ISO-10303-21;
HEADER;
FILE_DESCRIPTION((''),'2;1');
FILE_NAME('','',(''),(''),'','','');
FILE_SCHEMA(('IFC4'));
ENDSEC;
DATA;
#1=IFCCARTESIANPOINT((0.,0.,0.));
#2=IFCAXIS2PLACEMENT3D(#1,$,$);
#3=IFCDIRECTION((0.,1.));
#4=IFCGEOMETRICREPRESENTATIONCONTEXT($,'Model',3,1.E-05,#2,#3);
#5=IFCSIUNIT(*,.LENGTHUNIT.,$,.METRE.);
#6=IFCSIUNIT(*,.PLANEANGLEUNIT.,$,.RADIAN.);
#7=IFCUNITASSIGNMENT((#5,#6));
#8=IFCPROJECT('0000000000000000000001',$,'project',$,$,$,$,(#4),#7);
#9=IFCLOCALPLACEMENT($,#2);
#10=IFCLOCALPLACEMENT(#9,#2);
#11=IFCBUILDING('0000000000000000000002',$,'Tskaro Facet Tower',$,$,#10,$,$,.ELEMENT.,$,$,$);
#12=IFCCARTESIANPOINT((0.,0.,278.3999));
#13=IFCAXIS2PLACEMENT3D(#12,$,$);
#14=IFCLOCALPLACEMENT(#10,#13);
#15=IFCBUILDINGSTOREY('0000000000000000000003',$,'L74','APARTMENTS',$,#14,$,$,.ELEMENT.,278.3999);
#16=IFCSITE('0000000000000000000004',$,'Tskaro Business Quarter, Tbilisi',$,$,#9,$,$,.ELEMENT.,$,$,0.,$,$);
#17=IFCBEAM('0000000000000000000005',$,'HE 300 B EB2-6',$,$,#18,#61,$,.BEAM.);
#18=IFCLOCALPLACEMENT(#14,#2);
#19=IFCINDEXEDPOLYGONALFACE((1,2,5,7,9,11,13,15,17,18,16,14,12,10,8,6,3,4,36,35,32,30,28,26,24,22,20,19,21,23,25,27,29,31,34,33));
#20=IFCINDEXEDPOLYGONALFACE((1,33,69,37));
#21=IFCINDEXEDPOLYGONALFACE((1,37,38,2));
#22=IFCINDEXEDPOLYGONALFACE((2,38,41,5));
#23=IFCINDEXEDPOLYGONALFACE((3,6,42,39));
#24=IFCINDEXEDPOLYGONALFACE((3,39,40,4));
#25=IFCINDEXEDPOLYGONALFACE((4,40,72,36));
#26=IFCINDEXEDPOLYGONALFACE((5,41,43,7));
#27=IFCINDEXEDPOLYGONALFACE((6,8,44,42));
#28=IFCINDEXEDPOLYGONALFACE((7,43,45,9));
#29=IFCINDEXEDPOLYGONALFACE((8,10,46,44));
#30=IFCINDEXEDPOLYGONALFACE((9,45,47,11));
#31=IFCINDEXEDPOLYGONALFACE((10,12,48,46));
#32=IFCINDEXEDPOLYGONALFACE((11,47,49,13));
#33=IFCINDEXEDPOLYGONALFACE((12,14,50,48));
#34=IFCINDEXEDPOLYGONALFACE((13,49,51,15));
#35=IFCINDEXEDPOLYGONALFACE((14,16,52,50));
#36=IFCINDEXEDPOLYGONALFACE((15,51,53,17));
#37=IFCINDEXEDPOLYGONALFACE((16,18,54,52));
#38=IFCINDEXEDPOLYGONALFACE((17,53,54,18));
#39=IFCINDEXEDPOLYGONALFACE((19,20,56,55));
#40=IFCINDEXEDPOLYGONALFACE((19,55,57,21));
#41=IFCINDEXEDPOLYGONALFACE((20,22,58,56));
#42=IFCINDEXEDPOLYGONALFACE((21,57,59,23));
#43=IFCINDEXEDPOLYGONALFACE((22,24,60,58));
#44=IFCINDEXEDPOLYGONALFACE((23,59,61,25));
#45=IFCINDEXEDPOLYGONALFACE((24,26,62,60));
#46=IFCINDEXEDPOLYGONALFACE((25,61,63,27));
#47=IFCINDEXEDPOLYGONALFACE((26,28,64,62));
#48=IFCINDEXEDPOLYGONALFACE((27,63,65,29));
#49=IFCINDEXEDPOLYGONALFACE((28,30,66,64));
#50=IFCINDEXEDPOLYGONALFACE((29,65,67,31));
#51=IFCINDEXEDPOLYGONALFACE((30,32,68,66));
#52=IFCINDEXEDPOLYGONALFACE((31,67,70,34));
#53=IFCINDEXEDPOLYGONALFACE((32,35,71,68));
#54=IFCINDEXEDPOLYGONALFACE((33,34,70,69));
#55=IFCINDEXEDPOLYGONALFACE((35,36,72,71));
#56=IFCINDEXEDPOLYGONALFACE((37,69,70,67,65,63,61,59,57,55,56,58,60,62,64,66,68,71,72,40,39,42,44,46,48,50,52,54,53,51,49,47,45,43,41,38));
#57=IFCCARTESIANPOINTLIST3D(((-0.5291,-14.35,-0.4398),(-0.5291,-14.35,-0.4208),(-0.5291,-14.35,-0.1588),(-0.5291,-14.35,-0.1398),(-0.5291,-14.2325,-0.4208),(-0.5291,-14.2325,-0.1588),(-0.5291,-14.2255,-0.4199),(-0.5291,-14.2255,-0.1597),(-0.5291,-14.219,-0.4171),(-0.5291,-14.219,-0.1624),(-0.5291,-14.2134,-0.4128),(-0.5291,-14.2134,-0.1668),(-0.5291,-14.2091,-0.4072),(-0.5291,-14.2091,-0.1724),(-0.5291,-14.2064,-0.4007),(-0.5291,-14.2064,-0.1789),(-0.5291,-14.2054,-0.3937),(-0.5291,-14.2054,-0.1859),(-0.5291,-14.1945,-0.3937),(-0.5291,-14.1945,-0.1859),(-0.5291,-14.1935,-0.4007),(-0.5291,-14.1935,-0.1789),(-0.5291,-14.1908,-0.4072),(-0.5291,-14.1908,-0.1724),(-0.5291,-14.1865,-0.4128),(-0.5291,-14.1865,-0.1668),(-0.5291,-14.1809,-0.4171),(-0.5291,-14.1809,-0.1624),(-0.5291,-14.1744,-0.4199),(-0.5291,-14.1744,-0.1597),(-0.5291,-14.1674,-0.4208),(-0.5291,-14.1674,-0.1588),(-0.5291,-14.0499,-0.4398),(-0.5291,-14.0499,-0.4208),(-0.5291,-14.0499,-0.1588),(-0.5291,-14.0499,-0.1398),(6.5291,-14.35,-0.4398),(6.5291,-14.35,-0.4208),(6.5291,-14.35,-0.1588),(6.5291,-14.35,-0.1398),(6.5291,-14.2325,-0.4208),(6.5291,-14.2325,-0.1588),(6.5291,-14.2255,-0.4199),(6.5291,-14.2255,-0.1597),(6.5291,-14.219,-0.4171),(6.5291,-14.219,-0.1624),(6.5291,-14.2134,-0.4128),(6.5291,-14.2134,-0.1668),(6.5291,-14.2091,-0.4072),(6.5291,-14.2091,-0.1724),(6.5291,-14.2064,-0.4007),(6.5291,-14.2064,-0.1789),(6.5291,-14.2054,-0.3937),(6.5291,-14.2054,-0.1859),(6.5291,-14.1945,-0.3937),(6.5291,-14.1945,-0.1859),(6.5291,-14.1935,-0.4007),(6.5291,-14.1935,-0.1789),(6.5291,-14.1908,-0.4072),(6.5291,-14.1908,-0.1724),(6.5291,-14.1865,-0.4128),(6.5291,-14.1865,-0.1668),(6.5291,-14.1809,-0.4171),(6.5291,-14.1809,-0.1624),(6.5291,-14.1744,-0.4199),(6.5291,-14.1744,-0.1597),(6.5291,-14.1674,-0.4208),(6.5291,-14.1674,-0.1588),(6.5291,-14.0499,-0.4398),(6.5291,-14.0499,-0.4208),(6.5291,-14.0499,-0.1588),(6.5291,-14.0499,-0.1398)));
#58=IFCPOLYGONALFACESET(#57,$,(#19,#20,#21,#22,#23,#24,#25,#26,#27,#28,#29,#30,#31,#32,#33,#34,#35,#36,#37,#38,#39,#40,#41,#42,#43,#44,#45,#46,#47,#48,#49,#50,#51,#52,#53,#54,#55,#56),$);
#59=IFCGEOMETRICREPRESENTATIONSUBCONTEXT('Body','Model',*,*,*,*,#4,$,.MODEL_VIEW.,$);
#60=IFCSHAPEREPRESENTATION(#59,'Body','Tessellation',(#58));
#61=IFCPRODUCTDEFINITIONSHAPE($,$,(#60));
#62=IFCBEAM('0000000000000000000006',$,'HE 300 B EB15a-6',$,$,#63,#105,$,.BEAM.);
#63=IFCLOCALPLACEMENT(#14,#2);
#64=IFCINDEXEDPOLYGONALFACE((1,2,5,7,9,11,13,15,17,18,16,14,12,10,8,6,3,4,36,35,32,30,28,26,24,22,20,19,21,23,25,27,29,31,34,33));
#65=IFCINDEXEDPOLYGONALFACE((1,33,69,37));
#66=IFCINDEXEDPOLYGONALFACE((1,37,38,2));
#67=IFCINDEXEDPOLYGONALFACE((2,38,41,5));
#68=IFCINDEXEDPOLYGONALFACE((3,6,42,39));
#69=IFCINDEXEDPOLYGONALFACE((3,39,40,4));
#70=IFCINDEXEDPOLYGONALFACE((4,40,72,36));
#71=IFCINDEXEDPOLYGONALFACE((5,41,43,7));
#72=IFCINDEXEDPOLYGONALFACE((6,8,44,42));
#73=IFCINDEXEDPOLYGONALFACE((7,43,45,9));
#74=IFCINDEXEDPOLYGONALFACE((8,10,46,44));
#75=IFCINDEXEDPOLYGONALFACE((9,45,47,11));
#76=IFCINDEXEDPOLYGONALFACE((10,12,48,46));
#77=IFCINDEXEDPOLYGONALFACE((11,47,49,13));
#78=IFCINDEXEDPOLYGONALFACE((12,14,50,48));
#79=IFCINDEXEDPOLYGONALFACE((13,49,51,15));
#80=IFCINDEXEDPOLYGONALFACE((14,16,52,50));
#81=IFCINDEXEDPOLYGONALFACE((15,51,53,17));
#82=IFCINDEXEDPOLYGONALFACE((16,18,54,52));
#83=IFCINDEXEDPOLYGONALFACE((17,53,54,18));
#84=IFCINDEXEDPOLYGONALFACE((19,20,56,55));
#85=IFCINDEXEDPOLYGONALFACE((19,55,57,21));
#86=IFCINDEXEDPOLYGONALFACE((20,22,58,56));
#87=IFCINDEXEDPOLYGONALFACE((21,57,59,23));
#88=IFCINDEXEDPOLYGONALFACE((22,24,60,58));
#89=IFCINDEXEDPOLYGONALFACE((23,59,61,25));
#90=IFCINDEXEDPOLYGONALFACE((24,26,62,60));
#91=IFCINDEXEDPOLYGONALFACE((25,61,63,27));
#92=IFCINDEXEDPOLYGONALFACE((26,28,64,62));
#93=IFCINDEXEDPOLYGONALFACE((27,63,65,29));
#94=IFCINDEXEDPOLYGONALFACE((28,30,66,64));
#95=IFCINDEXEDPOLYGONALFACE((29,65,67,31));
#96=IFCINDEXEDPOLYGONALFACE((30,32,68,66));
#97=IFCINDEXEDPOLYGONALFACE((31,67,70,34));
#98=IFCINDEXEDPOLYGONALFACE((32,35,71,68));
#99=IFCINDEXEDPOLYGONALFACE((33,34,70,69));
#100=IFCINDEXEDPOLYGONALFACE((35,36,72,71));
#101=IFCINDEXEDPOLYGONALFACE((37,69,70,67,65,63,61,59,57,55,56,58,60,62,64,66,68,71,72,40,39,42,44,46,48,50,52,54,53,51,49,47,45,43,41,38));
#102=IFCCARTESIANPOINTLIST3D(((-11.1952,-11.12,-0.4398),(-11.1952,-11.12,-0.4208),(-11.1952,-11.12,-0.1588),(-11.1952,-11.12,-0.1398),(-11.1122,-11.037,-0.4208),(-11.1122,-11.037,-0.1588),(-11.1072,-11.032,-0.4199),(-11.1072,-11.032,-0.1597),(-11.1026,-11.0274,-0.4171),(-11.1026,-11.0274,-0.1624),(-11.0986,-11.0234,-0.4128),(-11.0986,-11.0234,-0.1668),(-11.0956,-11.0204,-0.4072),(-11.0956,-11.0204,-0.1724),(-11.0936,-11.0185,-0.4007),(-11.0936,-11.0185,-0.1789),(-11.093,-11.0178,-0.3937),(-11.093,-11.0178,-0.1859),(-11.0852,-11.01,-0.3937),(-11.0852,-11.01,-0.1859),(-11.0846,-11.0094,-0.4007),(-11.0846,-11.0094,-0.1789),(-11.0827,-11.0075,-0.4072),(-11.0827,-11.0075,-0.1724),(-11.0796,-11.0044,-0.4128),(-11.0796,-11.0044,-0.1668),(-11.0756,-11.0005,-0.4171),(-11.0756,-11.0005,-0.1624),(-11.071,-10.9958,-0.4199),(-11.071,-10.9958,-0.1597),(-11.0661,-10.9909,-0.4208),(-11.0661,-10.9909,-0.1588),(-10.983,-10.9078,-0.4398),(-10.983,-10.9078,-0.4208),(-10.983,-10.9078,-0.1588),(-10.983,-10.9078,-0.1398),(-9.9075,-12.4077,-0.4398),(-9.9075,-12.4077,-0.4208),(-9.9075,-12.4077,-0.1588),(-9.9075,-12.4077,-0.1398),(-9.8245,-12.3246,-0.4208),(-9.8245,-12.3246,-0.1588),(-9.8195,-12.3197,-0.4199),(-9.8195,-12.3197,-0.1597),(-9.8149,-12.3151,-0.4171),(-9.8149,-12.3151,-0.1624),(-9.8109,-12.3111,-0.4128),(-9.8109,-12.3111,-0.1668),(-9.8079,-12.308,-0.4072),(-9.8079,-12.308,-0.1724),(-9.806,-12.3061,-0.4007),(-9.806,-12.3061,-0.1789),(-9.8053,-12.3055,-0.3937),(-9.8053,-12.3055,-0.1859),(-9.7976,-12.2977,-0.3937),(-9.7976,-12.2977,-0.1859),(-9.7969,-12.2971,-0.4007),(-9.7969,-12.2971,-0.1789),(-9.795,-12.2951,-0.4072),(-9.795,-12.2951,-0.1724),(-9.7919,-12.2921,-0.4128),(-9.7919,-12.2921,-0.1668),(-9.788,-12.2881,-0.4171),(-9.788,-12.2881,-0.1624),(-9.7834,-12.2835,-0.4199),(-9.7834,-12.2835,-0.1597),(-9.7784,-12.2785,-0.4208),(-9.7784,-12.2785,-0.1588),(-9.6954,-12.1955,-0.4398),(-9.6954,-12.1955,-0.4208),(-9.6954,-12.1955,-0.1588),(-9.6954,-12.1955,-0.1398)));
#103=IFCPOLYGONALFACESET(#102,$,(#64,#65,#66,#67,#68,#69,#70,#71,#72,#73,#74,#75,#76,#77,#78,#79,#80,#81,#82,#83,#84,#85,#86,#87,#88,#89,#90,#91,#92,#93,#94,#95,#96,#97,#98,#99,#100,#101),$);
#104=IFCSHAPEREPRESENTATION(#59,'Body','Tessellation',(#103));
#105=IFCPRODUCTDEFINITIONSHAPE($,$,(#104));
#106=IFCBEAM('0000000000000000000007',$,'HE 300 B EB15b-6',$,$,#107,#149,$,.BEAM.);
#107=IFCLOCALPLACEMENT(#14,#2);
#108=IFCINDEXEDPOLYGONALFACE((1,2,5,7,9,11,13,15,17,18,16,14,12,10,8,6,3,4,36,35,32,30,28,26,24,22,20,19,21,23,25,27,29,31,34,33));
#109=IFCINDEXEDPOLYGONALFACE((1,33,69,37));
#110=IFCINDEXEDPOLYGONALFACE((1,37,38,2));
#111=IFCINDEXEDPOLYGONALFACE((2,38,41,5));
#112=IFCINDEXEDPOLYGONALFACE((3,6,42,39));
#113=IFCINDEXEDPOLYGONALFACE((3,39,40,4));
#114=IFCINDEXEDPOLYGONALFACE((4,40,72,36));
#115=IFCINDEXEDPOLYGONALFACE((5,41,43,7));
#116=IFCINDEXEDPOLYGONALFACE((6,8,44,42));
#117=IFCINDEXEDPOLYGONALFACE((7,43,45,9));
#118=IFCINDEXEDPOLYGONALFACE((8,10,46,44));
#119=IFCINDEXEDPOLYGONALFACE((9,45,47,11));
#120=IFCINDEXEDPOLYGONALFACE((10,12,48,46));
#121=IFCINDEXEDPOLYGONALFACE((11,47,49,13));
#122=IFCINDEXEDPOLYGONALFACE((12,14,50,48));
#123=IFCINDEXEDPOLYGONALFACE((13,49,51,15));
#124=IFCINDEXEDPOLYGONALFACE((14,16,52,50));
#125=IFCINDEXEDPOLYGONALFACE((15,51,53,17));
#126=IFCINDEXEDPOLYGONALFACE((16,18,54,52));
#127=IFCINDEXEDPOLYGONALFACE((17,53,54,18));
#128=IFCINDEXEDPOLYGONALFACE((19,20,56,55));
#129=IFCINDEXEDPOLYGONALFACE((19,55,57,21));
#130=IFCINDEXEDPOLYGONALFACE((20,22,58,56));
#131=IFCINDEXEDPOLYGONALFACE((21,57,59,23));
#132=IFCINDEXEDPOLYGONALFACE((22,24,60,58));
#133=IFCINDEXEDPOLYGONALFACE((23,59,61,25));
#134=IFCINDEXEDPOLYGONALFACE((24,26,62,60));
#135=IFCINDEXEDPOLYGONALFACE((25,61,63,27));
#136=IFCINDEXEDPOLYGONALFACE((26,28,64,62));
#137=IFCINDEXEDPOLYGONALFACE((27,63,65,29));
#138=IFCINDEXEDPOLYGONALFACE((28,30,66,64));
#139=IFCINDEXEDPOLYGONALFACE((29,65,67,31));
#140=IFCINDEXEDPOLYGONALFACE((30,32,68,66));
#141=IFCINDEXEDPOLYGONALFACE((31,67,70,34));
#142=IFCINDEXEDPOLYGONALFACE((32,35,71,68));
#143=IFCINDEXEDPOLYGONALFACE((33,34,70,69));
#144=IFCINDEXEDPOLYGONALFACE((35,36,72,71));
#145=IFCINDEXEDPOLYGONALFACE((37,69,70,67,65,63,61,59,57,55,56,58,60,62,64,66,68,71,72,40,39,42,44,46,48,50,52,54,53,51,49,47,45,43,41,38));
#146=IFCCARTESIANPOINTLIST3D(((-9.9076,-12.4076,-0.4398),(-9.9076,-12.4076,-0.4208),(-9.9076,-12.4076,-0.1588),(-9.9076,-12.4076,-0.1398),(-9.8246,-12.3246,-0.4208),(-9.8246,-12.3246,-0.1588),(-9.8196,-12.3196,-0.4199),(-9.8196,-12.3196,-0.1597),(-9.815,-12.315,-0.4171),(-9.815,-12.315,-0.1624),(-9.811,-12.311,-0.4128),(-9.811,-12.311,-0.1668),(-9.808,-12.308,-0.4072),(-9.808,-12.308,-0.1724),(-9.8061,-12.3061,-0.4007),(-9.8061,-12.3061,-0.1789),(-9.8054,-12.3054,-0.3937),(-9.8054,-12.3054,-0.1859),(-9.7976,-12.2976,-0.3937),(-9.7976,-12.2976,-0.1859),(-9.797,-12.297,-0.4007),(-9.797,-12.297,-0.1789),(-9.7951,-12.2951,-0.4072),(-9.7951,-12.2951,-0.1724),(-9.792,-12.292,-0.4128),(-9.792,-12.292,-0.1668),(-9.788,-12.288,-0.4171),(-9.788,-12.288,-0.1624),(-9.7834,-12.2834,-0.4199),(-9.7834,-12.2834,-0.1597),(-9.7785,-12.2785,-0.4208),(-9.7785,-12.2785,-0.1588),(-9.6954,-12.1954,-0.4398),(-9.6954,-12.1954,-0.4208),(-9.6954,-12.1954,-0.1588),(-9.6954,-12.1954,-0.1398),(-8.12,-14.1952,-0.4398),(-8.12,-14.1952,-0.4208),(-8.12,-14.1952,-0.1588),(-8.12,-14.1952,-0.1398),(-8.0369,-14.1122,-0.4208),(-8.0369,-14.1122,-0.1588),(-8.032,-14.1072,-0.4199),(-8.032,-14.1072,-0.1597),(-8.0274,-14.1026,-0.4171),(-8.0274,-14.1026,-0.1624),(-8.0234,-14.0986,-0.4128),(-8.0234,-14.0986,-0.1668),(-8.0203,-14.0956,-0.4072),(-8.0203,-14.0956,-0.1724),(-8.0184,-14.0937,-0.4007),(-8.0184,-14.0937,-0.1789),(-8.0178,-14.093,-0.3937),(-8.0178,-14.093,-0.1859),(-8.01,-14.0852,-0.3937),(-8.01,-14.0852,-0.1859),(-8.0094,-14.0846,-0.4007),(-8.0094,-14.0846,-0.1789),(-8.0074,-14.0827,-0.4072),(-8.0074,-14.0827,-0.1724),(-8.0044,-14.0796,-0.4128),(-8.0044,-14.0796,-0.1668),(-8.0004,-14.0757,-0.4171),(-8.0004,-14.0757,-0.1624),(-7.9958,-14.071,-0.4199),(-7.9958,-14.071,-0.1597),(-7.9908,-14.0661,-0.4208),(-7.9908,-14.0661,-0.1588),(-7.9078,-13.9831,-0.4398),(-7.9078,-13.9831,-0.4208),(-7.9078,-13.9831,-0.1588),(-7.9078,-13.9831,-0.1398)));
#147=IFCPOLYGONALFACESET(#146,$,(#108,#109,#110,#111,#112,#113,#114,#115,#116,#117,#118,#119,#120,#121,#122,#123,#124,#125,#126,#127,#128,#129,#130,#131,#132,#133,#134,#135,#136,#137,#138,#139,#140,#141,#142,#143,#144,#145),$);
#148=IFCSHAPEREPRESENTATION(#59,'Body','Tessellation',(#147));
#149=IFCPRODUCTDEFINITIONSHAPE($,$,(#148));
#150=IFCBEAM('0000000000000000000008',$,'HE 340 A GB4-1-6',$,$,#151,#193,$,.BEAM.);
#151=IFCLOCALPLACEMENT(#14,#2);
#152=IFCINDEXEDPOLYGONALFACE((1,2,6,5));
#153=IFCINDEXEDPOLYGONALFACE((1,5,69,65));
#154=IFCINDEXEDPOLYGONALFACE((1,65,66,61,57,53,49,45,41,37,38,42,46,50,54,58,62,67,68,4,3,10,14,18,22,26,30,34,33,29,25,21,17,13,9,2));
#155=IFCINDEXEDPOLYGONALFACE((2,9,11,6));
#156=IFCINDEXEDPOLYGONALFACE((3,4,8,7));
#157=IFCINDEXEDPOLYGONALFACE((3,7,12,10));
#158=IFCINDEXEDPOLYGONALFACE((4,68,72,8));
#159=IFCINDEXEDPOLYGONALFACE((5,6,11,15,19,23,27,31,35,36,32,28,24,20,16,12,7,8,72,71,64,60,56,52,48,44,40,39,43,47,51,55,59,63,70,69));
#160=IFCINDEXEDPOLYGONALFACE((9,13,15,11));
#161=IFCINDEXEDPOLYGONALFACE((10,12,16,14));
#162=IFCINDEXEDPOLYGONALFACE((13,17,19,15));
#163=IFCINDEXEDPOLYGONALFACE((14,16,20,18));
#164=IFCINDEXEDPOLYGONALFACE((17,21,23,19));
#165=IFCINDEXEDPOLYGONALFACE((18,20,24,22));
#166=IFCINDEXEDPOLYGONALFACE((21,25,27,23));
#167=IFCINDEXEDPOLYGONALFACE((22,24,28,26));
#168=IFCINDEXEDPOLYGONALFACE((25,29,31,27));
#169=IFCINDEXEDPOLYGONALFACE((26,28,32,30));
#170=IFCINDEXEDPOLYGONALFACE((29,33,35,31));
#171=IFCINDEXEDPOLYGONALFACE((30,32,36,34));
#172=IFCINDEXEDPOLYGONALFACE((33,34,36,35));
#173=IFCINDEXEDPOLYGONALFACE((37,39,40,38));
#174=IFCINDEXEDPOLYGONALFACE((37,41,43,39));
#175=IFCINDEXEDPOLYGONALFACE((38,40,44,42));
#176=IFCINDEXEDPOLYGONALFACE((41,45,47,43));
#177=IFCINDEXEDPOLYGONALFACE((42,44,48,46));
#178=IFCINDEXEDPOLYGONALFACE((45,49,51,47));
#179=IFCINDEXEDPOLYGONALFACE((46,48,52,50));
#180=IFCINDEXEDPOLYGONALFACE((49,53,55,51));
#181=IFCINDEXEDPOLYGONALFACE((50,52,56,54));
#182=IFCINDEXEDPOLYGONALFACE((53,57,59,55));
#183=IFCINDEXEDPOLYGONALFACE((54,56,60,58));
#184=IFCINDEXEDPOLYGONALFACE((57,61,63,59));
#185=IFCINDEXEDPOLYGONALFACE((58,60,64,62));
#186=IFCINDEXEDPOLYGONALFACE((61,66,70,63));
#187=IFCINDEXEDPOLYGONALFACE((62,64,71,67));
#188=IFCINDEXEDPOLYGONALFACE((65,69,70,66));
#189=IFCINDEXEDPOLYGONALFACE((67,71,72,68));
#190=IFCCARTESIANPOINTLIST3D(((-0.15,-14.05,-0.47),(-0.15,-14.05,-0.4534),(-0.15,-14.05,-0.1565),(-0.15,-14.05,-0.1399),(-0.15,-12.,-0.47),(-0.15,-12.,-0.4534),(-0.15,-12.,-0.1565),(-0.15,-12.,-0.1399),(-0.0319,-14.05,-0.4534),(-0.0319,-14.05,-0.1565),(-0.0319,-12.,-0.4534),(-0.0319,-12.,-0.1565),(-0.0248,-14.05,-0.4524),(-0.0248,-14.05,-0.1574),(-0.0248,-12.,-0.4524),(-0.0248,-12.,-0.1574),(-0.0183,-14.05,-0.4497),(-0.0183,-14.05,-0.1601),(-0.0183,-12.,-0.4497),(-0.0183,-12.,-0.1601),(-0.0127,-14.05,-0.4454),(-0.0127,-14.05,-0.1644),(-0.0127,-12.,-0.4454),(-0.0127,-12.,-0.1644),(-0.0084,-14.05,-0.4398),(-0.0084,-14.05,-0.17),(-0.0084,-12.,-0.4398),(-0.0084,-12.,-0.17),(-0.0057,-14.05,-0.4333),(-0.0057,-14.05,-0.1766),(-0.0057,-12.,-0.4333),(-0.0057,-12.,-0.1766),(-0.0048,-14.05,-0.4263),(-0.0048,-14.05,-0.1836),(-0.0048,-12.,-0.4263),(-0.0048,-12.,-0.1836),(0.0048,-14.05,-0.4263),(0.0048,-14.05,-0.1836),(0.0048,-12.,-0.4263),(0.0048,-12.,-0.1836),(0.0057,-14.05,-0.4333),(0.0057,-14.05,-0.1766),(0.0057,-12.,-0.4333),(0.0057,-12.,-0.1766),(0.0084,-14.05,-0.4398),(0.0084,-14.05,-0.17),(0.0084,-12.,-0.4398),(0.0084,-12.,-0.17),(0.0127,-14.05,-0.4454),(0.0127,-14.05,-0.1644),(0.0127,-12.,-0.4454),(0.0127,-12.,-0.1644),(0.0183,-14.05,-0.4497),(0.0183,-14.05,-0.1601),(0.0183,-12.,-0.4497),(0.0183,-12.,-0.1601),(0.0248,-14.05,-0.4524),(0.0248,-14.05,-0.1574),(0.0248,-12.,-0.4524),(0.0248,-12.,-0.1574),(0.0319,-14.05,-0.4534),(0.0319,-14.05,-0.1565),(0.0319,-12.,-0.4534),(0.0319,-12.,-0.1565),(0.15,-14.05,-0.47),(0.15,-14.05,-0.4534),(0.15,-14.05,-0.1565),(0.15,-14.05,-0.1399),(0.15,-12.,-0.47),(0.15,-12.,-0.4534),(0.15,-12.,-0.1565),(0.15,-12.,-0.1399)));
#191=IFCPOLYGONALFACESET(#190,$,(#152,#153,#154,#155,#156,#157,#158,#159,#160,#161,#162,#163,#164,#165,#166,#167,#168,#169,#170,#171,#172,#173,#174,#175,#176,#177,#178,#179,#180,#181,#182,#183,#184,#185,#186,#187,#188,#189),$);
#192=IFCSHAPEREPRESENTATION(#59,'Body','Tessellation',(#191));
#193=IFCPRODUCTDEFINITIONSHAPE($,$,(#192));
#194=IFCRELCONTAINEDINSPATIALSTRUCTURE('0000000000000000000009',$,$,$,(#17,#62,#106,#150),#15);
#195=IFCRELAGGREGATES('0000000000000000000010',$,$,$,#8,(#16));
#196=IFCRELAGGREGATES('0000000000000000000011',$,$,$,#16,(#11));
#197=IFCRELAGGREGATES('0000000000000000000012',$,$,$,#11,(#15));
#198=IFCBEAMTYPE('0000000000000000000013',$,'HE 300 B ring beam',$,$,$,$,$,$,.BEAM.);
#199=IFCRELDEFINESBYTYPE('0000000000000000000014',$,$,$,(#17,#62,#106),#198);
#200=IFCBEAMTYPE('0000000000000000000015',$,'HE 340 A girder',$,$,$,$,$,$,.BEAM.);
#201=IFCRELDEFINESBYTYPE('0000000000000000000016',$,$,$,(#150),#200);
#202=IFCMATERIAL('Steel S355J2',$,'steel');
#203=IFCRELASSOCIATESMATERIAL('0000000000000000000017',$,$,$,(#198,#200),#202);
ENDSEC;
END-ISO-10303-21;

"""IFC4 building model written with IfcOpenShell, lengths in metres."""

from ifc_helpers import new_model, si_unit, direction, frame, origin, origin_2d, place, context, subcontext, project, spatial, i_section, extrude, material, material_profile, profile_set, type_object, element, save


model = new_model("IFC4")

# Units and contexts
model_context = context("Model", 3, precision=1e-05, world=origin(), true_north=direction((0.0, 1.0)))
body_context = subcontext(model_context, "Body", "Model", "MODEL_VIEW")
ifc_project = project(units=[si_unit("LENGTHUNIT", "METRE"), si_unit("PLANEANGLEUNIT", "RADIAN")], contexts=[model_context])

# Site, building, storey
site_placement = place(None, origin())
site = spatial("IfcSite", under=ifc_project, at=site_placement, Name="Tskaro Business Quarter, Tbilisi", CompositionType="ELEMENT", RefElevation=0.0)
building_placement = place(site_placement, origin())
building = spatial("IfcBuilding", under=site, at=building_placement, Name="Tskaro Facet Tower", CompositionType="ELEMENT")
storey_placement = place(building_placement, frame((0.0, 0.0, 278.3999)))
storey = spatial("IfcBuildingStorey", under=building, at=storey_placement, Name="L74", Description="APARTMENTS", CompositionType="ELEMENT", Elevation=278.3999)

# Shared definitions
ifc_material_1 = material(Name="Steel S355J2", Category="steel")

# Beams
ifc_material_profile_1 = material_profile(ifc_material_1, i_section(OverallWidth=0.3, OverallDepth=0.3, WebThickness=0.011, FlangeThickness=0.019, FilletRadius=0.0271, at=origin_2d()), Name="HE 300 B")
ifc_profile_set_1 = profile_set([ifc_material_profile_1], Name="Steel S355J2")
beam_type_1 = type_object("IfcBeamType", Name="HE 300 B ring beam", PredefinedType="BEAM", material=ifc_profile_set_1)
beam_1_placement = place(storey_placement, frame((-0.5291, -14.2, -0.2898), z_axis=(1.0, 0.0, 0.0), x_axis=(0.0, 1.0, 0.0)))
element("IfcBeam", 1, at=beam_1_placement, inside=storey, type_object=beam_type_1, Name="HE 300 B EB2-6", PredefinedType="BEAM", context=body_context, shape_type="SweptSolid", body=[
    extrude(i_section(OverallWidth=0.3, OverallDepth=0.3, WebThickness=0.011, FlangeThickness=0.019, FilletRadius=0.0271, at=origin_2d()), origin(), (0.0, 0.0, 1.0), 7.0581),
])
beam_2_placement = place(storey_placement, frame((-11.0891, -11.0139, -0.2898), z_axis=(0.707107, -0.707107, 0.0), x_axis=(0.707107, 0.707107, 0.0)))
element("IfcBeam", 2, at=beam_2_placement, inside=storey, type_object=beam_type_1, Name="HE 300 B EB15a-6", PredefinedType="BEAM", context=body_context, shape_type="SweptSolid", body=[
    extrude(i_section(OverallWidth=0.3, OverallDepth=0.3, WebThickness=0.011, FlangeThickness=0.019, FilletRadius=0.0271, at=origin_2d()), origin(), (0.0, 0.0, 1.0), 1.821),
])
beam_3_placement = place(storey_placement, frame((-9.8015, -12.3015, -0.2898), z_axis=(0.707107, -0.707107, 0.0), x_axis=(0.707107, 0.707107, 0.0)))
element("IfcBeam", 3, at=beam_3_placement, inside=storey, type_object=beam_type_1, Name="HE 300 B EB15b-6", PredefinedType="BEAM", context=body_context, shape_type="SweptSolid", body=[
    extrude(i_section(OverallWidth=0.3, OverallDepth=0.3, WebThickness=0.011, FlangeThickness=0.019, FilletRadius=0.0271, at=origin_2d()), origin(), (0.0, 0.0, 1.0), 2.5281),
])
ifc_material_profile_2 = material_profile(ifc_material_1, i_section(OverallWidth=0.3, OverallDepth=0.3301, WebThickness=0.0095, FlangeThickness=0.0166, FilletRadius=0.0271, at=origin_2d()), Name="HE 340 A")
ifc_profile_set_2 = profile_set([ifc_material_profile_2], Name="Steel S355J2")
beam_type_2 = type_object("IfcBeamType", Name="HE 340 A girder", PredefinedType="BEAM", material=ifc_profile_set_2)
beam_4_placement = place(storey_placement, frame((0.0, -14.05, -0.3049), z_axis=(0.0, 1.0, 0.0), x_axis=(-1.0, 0.0, 0.0)))
element("IfcBeam", 4, at=beam_4_placement, inside=storey, type_object=beam_type_2, Name="HE 340 A GB4-1-6", PredefinedType="BEAM", context=body_context, shape_type="SweptSolid", body=[
    extrude(i_section(OverallWidth=0.3, OverallDepth=0.3301, WebThickness=0.0095, FlangeThickness=0.0166, FilletRadius=0.0271, at=origin_2d()), origin(), (0.0, 0.0, 1.0), 2.05),
])

save(model, "model.ifc")
